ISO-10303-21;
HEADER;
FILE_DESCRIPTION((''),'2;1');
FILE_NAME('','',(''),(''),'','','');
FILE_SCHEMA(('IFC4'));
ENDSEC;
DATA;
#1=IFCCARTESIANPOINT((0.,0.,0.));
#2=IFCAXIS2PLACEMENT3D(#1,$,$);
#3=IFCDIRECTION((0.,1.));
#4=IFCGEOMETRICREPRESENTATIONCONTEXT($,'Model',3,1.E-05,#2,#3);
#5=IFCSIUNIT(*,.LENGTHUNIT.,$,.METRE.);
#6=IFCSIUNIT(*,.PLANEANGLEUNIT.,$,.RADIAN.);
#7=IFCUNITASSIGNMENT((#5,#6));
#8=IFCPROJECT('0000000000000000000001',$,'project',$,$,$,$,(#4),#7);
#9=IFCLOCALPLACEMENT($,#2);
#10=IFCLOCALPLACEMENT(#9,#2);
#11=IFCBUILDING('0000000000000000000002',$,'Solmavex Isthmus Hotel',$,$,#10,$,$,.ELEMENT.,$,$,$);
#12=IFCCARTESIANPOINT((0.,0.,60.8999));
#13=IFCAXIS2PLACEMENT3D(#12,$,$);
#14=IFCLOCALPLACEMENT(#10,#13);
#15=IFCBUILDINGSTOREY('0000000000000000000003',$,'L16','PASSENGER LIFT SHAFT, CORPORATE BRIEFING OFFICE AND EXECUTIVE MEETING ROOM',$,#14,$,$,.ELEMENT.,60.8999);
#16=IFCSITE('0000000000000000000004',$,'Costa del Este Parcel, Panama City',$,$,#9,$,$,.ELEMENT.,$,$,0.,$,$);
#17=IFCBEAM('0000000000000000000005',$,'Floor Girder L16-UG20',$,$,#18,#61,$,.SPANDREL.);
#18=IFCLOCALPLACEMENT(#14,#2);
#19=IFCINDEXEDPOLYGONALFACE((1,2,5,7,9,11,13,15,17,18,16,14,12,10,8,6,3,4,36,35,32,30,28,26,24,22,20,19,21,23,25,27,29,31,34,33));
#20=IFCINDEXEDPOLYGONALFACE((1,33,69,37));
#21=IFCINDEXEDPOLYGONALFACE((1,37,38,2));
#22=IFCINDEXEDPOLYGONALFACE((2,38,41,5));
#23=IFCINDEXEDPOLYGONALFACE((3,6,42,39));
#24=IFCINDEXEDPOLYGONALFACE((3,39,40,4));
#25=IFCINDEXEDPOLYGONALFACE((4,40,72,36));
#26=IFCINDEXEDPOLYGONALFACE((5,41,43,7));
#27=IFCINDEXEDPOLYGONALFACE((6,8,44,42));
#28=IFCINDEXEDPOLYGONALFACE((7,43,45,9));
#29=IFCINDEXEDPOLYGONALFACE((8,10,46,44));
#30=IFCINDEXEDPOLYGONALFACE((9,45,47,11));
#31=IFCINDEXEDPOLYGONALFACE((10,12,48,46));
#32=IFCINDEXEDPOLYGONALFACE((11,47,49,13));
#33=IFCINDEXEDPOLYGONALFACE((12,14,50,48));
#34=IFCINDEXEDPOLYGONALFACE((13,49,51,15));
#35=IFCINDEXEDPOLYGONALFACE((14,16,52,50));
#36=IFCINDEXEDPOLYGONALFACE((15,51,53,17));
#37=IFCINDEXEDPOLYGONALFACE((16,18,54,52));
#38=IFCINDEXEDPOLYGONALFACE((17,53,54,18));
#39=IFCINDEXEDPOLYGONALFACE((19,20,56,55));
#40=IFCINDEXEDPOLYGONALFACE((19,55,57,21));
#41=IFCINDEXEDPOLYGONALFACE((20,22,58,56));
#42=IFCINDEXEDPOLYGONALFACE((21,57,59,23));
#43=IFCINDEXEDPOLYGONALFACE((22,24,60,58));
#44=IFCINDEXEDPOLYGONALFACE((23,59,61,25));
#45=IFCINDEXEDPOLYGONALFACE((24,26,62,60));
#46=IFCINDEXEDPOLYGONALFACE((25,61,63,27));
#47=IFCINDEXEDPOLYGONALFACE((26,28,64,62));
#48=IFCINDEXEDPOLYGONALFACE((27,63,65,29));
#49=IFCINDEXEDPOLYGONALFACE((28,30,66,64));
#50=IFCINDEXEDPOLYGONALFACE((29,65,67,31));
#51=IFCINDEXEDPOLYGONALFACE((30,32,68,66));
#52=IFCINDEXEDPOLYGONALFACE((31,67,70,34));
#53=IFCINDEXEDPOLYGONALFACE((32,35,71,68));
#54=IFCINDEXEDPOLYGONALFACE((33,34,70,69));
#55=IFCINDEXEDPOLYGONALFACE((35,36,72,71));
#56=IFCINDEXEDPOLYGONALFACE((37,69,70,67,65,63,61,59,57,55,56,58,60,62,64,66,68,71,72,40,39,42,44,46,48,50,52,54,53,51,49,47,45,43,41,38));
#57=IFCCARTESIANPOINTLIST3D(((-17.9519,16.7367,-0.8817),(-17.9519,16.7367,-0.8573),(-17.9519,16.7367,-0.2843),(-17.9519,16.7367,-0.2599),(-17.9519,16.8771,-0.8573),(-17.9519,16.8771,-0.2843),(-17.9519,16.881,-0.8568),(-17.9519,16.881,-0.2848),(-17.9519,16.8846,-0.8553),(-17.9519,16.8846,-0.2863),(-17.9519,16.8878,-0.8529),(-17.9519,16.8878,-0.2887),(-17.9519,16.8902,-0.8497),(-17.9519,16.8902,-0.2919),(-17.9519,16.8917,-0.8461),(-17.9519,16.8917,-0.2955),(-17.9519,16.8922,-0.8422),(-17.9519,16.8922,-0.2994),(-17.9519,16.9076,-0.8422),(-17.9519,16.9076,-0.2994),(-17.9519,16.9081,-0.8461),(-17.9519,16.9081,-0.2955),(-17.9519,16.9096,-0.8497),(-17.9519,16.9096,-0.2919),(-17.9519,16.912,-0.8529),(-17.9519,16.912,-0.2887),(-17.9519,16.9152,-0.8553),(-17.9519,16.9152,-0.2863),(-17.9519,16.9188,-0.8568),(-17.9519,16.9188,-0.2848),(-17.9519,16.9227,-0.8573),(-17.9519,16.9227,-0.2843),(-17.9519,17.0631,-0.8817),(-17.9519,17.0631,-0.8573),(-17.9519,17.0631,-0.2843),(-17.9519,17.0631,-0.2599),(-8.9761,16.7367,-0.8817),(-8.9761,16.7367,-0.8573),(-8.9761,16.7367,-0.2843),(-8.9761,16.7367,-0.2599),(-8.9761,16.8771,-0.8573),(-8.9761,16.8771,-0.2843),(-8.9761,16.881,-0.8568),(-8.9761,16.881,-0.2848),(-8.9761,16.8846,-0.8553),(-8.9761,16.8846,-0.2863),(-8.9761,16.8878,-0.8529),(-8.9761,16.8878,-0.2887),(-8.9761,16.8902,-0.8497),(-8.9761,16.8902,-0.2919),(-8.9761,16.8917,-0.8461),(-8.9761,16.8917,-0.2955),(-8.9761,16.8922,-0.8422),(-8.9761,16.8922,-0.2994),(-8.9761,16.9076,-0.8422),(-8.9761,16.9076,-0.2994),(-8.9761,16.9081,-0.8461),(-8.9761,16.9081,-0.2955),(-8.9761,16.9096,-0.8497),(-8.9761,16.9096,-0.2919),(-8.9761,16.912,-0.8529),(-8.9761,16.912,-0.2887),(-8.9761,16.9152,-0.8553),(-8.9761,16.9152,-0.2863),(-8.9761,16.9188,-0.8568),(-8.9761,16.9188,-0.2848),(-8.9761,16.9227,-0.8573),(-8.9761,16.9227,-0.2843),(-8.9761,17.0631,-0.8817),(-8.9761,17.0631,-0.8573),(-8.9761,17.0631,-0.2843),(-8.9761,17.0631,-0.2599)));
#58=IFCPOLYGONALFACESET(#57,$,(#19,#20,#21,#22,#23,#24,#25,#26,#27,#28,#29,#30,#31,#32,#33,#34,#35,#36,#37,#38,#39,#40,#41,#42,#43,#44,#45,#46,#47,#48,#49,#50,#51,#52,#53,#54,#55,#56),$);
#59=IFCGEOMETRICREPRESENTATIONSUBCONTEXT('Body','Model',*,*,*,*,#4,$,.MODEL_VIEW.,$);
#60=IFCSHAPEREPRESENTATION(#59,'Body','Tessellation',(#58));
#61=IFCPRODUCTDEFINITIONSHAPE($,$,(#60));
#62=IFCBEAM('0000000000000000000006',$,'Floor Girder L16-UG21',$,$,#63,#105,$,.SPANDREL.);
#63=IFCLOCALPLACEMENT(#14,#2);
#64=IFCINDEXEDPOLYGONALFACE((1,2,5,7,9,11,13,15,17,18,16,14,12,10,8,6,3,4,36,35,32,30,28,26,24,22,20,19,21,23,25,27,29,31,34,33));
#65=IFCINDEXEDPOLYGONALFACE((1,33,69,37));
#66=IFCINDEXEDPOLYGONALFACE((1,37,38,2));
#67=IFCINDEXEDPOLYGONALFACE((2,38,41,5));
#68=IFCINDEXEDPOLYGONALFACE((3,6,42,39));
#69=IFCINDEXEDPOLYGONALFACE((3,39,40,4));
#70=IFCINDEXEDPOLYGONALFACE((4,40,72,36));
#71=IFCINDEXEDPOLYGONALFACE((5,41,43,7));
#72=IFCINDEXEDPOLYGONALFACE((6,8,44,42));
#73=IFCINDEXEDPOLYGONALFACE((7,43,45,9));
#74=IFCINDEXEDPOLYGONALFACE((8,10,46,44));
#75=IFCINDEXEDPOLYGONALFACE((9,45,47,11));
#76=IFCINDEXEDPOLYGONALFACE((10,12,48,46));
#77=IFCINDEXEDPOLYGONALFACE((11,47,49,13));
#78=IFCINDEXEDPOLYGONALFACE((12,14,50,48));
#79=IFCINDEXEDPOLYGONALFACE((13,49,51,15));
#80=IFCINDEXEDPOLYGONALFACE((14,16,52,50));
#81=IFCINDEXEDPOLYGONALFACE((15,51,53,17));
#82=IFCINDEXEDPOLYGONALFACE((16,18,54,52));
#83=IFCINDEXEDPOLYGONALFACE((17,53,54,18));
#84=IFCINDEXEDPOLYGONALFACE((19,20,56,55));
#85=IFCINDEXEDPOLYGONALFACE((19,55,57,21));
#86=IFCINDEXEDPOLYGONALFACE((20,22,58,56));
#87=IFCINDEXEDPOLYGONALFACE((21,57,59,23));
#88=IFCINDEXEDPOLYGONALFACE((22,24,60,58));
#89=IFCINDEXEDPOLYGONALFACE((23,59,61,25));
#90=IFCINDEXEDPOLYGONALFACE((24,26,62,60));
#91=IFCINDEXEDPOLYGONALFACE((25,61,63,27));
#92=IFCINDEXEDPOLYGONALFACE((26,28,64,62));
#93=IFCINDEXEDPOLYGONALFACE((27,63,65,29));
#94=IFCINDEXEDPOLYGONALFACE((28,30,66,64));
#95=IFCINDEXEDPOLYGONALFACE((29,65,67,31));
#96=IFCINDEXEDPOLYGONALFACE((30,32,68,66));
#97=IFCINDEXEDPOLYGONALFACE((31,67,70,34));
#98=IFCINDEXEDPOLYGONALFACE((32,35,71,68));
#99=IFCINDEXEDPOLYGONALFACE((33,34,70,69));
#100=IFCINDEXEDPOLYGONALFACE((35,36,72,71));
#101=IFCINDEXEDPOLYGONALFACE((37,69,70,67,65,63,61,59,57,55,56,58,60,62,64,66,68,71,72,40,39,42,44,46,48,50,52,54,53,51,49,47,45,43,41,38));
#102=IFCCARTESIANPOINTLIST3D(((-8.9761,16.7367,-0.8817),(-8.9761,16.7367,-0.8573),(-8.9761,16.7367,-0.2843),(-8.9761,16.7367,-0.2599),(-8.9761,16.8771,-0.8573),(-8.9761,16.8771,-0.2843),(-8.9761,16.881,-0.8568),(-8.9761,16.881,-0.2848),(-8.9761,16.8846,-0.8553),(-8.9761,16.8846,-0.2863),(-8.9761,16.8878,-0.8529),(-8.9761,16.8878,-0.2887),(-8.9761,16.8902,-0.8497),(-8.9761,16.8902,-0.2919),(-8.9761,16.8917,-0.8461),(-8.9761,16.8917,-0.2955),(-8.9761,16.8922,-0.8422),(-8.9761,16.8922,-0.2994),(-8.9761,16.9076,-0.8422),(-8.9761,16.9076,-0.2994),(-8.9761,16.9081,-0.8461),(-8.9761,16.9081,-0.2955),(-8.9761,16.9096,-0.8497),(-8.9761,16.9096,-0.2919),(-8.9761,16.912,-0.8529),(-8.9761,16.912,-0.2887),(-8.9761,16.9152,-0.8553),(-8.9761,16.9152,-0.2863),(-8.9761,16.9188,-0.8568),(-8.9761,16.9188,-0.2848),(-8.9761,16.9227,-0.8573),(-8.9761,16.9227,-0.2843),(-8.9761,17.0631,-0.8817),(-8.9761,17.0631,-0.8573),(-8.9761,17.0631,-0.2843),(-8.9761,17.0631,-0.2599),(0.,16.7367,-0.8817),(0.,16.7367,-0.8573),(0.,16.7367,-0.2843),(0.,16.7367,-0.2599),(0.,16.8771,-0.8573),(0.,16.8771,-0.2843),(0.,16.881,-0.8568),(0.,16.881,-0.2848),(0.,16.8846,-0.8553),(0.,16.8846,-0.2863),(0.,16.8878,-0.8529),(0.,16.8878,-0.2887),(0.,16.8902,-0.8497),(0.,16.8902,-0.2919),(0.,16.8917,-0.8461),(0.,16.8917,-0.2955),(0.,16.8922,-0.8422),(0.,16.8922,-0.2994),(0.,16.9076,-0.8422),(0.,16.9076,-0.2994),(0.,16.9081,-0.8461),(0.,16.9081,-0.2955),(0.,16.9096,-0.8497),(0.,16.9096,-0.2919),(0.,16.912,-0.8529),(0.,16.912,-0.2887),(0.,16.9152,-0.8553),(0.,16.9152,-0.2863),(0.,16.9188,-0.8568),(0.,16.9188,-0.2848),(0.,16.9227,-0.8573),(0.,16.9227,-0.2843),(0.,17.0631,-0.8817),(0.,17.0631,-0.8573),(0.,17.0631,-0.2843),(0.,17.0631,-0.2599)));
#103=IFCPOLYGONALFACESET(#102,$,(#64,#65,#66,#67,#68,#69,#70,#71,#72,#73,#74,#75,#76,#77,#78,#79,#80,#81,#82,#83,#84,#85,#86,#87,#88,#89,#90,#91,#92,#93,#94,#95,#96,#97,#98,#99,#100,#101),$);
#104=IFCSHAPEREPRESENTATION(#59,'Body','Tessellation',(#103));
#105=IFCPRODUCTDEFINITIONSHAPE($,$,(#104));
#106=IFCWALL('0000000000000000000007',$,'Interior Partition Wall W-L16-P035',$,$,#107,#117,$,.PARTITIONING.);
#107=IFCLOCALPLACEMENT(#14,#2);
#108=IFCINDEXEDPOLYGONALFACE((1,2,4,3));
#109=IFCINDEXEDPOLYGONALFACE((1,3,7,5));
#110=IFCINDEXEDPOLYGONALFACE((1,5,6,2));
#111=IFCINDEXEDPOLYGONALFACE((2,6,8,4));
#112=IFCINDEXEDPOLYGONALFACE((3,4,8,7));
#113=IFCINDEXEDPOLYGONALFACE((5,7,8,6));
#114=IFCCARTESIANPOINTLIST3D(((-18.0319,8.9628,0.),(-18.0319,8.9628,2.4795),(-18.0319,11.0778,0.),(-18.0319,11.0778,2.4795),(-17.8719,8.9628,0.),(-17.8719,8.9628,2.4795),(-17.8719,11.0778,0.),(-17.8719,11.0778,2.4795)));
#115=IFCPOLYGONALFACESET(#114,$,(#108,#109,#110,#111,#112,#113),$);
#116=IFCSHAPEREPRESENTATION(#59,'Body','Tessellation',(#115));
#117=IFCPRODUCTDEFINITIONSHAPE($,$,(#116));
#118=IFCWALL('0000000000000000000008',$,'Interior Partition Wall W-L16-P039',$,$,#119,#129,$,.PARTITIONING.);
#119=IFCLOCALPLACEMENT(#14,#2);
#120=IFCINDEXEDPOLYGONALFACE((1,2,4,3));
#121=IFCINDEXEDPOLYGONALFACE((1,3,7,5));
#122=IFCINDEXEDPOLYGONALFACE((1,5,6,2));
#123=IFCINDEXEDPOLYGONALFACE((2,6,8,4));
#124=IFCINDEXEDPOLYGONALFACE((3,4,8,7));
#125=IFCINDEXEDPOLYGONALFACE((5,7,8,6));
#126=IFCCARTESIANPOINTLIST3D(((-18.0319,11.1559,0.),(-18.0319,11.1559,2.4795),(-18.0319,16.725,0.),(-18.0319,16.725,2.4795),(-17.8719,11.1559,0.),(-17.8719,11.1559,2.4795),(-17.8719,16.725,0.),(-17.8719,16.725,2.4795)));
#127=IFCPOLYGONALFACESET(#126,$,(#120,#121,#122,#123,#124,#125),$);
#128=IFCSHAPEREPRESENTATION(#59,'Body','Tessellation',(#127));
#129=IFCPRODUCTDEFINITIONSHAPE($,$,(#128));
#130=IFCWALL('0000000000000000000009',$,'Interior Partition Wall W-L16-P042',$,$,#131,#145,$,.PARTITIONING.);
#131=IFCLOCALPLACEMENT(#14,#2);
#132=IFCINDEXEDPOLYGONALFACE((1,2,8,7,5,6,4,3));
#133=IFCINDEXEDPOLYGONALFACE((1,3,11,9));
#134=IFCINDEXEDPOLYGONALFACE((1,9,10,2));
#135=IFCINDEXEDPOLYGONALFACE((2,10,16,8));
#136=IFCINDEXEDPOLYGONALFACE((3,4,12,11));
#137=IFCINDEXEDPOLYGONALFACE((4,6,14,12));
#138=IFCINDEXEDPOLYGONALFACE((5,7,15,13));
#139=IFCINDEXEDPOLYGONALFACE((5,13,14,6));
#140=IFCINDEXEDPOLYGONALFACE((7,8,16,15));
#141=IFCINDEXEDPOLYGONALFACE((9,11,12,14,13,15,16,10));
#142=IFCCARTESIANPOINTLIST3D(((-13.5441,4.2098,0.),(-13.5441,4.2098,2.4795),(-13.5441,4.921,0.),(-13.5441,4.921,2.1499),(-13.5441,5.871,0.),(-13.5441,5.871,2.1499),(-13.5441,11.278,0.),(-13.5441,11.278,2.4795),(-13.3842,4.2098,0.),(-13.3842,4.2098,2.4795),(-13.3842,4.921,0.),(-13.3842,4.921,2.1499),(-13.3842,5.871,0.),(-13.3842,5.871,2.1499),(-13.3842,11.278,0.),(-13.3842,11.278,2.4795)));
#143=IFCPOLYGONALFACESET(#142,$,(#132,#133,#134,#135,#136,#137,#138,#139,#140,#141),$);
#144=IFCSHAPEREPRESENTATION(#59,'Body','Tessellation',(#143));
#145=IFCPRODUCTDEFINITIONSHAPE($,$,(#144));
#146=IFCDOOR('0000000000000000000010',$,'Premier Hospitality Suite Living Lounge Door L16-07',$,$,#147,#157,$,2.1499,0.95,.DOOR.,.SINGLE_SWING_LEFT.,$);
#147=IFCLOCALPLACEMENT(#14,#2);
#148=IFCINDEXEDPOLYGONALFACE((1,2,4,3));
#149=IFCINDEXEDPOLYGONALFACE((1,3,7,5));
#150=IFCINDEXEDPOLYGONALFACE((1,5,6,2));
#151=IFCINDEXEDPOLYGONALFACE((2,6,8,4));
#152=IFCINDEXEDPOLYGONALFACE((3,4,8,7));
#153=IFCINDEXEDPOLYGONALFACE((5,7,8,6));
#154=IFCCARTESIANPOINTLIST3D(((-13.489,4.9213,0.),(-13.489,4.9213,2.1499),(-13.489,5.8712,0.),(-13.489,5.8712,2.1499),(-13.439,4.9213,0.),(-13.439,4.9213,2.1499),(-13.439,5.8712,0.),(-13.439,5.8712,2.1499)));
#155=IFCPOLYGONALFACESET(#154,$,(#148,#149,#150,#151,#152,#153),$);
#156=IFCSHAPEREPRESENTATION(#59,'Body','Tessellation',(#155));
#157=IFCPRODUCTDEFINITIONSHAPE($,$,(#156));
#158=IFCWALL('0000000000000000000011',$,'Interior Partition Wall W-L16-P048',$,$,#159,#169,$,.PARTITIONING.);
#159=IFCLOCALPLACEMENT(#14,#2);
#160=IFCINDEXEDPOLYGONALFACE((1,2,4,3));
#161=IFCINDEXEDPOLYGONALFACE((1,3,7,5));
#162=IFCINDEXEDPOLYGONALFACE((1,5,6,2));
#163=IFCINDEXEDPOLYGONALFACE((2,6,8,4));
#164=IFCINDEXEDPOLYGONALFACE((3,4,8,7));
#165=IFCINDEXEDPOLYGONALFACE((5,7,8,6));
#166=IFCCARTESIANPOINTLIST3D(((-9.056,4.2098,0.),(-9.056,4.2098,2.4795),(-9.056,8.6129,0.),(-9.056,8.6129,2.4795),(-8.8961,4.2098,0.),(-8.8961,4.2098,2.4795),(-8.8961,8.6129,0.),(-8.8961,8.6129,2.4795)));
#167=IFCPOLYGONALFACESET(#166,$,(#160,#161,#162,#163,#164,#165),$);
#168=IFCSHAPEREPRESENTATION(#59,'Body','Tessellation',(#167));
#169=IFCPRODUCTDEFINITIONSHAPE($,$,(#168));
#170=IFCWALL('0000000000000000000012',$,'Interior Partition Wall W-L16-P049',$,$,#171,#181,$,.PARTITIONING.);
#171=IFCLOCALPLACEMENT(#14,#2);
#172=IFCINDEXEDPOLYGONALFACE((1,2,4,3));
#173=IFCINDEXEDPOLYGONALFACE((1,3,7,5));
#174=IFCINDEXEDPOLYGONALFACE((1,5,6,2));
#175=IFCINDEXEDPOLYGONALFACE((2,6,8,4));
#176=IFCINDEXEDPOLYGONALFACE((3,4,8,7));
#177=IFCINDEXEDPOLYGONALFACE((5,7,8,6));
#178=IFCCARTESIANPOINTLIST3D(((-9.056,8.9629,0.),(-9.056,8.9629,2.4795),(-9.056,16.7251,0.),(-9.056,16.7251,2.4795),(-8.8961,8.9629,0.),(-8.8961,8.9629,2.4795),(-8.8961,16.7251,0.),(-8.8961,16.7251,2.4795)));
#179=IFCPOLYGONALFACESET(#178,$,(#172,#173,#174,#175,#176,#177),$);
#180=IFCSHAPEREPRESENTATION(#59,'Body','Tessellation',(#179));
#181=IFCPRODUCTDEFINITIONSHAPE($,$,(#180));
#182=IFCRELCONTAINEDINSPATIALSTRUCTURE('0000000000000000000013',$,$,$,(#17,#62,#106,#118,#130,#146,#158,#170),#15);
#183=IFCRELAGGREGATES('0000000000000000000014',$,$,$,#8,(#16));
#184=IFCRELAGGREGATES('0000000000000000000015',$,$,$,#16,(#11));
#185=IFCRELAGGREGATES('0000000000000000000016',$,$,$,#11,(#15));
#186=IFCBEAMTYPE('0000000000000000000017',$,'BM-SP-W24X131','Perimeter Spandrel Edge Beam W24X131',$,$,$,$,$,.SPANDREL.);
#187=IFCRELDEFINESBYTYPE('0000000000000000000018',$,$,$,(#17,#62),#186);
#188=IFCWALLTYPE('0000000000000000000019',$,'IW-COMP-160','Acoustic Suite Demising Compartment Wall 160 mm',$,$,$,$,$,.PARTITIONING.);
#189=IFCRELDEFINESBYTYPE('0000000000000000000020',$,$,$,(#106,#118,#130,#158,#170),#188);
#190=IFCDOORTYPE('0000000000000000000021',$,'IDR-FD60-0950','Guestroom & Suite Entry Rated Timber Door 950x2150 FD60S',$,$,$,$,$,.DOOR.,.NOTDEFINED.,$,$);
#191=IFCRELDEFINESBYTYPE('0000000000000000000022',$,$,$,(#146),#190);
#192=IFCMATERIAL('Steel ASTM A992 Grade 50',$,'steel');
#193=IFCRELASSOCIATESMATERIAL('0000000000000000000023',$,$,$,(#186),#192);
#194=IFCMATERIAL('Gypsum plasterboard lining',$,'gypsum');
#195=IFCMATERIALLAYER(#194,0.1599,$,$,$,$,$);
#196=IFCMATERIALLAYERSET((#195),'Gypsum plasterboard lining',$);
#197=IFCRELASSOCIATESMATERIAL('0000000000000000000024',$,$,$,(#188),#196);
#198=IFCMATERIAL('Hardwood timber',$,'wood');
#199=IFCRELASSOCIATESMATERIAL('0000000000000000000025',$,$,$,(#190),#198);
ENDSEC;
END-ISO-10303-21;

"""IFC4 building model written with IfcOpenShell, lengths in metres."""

from ifc_helpers import new_model, si_unit, direction, frame, frame_2d, origin, origin_2d, place, context, subcontext, project, spatial, rectangle, i_section, extrude, material, layer, layer_set, material_profile, profile_set, type_object, element, fill, save


model = new_model("IFC4")

# Units and contexts
model_context = context("Model", 3, precision=1e-05, world=origin(), true_north=direction((0.0, 1.0)))
body_context = subcontext(model_context, "Body", "Model", "MODEL_VIEW")
ifc_project = project(units=[si_unit("LENGTHUNIT", "METRE"), si_unit("PLANEANGLEUNIT", "RADIAN")], contexts=[model_context])

# Site, building, storey
site_placement = place(None, origin())
site = spatial("IfcSite", under=ifc_project, at=site_placement, Name="Costa del Este Parcel, Panama City", CompositionType="ELEMENT", RefElevation=0.0)
building_placement = place(site_placement, origin())
building = spatial("IfcBuilding", under=site, at=building_placement, Name="Solmavex Isthmus Hotel", CompositionType="ELEMENT")
storey_placement = place(building_placement, frame((0.0, 0.0, 60.8999)))
storey = spatial("IfcBuildingStorey", under=building, at=storey_placement, Name="L16", Description="PASSENGER LIFT SHAFT, CORPORATE BRIEFING OFFICE AND EXECUTIVE MEETING ROOM", CompositionType="ELEMENT", Elevation=60.8999)

# Beams
ifc_material_1 = material(Name="Steel ASTM A992 Grade 50", Category="steel")
ifc_material_profile_1 = material_profile(ifc_material_1, i_section(OverallWidth=0.3264, OverallDepth=0.6218, WebThickness=0.0154, FlangeThickness=0.0244, FilletRadius=0.0151, at=origin_2d()), Name="W24X131")
ifc_profile_set_1 = profile_set([ifc_material_profile_1], Name="Steel ASTM A992 Grade 50")
beam_type_1 = type_object("IfcBeamType", Name="BM-SP-W24X131", Description="Perimeter Spandrel Edge Beam W24X131", PredefinedType="SPANDREL", material=ifc_profile_set_1)
beam_1_placement = place(storey_placement, frame((-17.9519, 16.8999, -0.5708), z_axis=(1.0, 0.0, 0.0), x_axis=(0.0, 1.0, 0.0)))
element("IfcBeam", 1, at=beam_1_placement, inside=storey, type_object=beam_type_1, Name="Floor Girder L16-UG20", PredefinedType="SPANDREL", context=body_context, shape_type="SweptSolid", body=[
    extrude(i_section(OverallWidth=0.3264, OverallDepth=0.6218, WebThickness=0.0154, FlangeThickness=0.0244, FilletRadius=0.0151, at=origin_2d()), origin(), (0.0, 0.0, 1.0), 8.9758),
])
beam_2_placement = place(storey_placement, frame((-8.9761, 16.8999, -0.5708), z_axis=(1.0, 0.0, 0.0), x_axis=(0.0, 1.0, 0.0)))
element("IfcBeam", 2, at=beam_2_placement, inside=storey, type_object=beam_type_1, Name="Floor Girder L16-UG21", PredefinedType="SPANDREL", context=body_context, shape_type="SweptSolid", body=[
    extrude(i_section(OverallWidth=0.3264, OverallDepth=0.6218, WebThickness=0.0154, FlangeThickness=0.0244, FilletRadius=0.0151, at=origin_2d()), origin(), (0.0, 0.0, 1.0), 8.9761),
])

# Walls
ifc_material_2 = material(Name="Gypsum plasterboard lining", Category="gypsum")
ifc_layer_1 = layer(ifc_material_2, 0.1599)
ifc_layer_set_1 = layer_set([ifc_layer_1], Name="Gypsum plasterboard lining")
wall_type_1 = type_object("IfcWallType", Name="IW-COMP-160", Description="Acoustic Suite Demising Compartment Wall 160 mm", PredefinedType="PARTITIONING", material=ifc_layer_set_1)
wall_1_placement = place(storey_placement, frame((-17.9519, 11.0779, 0.0), z_axis=(0.0, 0.0, 1.0), x_axis=(0.0, -1.0, 0.0)))
element("IfcWall", 3, at=wall_1_placement, inside=storey, type_object=wall_type_1, Name="Interior Partition Wall W-L16-P035", PredefinedType="PARTITIONING", context=body_context, shape_type="SweptSolid", body=[
    extrude(rectangle(XDim=2.115, YDim=0.1599, at=frame_2d((1.0576, 0.0))), origin(), (0.0, 0.0, 1.0), 2.4795),
])
wall_2_placement = place(storey_placement, frame((-17.9519, 16.7251, 0.0), z_axis=(0.0, 0.0, 1.0), x_axis=(0.0, -1.0, 0.0)))
element("IfcWall", 4, at=wall_2_placement, inside=storey, type_object=wall_type_1, Name="Interior Partition Wall W-L16-P039", PredefinedType="PARTITIONING", context=body_context, shape_type="SweptSolid", body=[
    extrude(rectangle(XDim=5.5691, YDim=0.1599, at=frame_2d((2.7847, 0.0))), origin(), (0.0, 0.0, 1.0), 2.4795),
])

# Wall, opening, door
wall_3_placement = place(storey_placement, frame((-13.4641, 11.2781, 0.0), z_axis=(0.0, 0.0, 1.0), x_axis=(0.0, -1.0, 0.0)))
wall_3 = element("IfcWall", 5, at=wall_3_placement, inside=storey, type_object=wall_type_1, Name="Interior Partition Wall W-L16-P042", PredefinedType="PARTITIONING", context=body_context, shape_type="SweptSolid", body=[
    extrude(rectangle(XDim=7.0681, YDim=0.1599, at=frame_2d((3.5342, 0.0))), origin(), (0.0, 0.0, 1.0), 2.4795),
])
opening_1_placement = place(wall_3_placement, frame((5.407, 0.0, 0.0)))
opening_1 = element("IfcOpeningElement", 6, at=opening_1_placement, cuts=wall_3, PredefinedType="OPENING", context=body_context, shape_type="SweptSolid", body=[
    extrude(rectangle(XDim=0.95, YDim=2.1499, at=frame_2d((0.4751, 1.075))), frame((0.0, 0.0898, 0.0), z_axis=(0.0, -1.0, 0.0), x_axis=(1.0, 0.0, 0.0)), (0.0, 0.0, 1.0), 0.1799),
])
ifc_material_3 = material(Name="Hardwood timber", Category="wood")
door_type_1 = type_object("IfcDoorType", Name="IDR-FD60-0950", Description="Guestroom & Suite Entry Rated Timber Door 950x2150 FD60S", OperationType="NOTDEFINED", PredefinedType="DOOR", material=ifc_material_3)
door_1_placement = place(opening_1_placement, frame((0.95, 0.0, 0.0), z_axis=(0.0, 0.0, 1.0), x_axis=(-1.0, 0.0, 0.0)))
door_1 = element("IfcDoor", 7, at=door_1_placement, inside=storey, type_object=door_type_1, Name="Premier Hospitality Suite Living Lounge Door L16-07", OperationType="SINGLE_SWING_LEFT", OverallHeight=2.1499, OverallWidth=0.95, PredefinedType="DOOR", context=body_context, shape_type="SweptSolid", body=[
    extrude(rectangle(XDim=0.95, YDim=2.1499, at=frame_2d((0.4751, 1.075))), frame((0.0, 0.0249, 0.0), z_axis=(0.0, -1.0, 0.0), x_axis=(1.0, 0.0, 0.0)), (0.0, 0.0, 1.0), 0.05),
])
fill(opening_1, door_1)

# Walls
wall_4_placement = place(storey_placement, frame((-8.9761, 8.613, 0.0), z_axis=(0.0, 0.0, 1.0), x_axis=(0.0, -1.0, 0.0)))
element("IfcWall", 8, at=wall_4_placement, inside=storey, type_object=wall_type_1, Name="Interior Partition Wall W-L16-P048", PredefinedType="PARTITIONING", context=body_context, shape_type="SweptSolid", body=[
    extrude(rectangle(XDim=4.4031, YDim=0.1599, at=frame_2d((2.2017, 0.0))), origin(), (0.0, 0.0, 1.0), 2.4795),
])
wall_5_placement = place(storey_placement, frame((-8.9761, 16.7251, 0.0), z_axis=(0.0, 0.0, 1.0), x_axis=(0.0, -1.0, 0.0)))
element("IfcWall", 9, at=wall_5_placement, inside=storey, type_object=wall_type_1, Name="Interior Partition Wall W-L16-P049", PredefinedType="PARTITIONING", context=body_context, shape_type="SweptSolid", body=[
    extrude(rectangle(XDim=7.7622, YDim=0.1599, at=frame_2d((3.8811, 0.0))), origin(), (0.0, 0.0, 1.0), 2.4795),
])

save(model, "model.ifc")
